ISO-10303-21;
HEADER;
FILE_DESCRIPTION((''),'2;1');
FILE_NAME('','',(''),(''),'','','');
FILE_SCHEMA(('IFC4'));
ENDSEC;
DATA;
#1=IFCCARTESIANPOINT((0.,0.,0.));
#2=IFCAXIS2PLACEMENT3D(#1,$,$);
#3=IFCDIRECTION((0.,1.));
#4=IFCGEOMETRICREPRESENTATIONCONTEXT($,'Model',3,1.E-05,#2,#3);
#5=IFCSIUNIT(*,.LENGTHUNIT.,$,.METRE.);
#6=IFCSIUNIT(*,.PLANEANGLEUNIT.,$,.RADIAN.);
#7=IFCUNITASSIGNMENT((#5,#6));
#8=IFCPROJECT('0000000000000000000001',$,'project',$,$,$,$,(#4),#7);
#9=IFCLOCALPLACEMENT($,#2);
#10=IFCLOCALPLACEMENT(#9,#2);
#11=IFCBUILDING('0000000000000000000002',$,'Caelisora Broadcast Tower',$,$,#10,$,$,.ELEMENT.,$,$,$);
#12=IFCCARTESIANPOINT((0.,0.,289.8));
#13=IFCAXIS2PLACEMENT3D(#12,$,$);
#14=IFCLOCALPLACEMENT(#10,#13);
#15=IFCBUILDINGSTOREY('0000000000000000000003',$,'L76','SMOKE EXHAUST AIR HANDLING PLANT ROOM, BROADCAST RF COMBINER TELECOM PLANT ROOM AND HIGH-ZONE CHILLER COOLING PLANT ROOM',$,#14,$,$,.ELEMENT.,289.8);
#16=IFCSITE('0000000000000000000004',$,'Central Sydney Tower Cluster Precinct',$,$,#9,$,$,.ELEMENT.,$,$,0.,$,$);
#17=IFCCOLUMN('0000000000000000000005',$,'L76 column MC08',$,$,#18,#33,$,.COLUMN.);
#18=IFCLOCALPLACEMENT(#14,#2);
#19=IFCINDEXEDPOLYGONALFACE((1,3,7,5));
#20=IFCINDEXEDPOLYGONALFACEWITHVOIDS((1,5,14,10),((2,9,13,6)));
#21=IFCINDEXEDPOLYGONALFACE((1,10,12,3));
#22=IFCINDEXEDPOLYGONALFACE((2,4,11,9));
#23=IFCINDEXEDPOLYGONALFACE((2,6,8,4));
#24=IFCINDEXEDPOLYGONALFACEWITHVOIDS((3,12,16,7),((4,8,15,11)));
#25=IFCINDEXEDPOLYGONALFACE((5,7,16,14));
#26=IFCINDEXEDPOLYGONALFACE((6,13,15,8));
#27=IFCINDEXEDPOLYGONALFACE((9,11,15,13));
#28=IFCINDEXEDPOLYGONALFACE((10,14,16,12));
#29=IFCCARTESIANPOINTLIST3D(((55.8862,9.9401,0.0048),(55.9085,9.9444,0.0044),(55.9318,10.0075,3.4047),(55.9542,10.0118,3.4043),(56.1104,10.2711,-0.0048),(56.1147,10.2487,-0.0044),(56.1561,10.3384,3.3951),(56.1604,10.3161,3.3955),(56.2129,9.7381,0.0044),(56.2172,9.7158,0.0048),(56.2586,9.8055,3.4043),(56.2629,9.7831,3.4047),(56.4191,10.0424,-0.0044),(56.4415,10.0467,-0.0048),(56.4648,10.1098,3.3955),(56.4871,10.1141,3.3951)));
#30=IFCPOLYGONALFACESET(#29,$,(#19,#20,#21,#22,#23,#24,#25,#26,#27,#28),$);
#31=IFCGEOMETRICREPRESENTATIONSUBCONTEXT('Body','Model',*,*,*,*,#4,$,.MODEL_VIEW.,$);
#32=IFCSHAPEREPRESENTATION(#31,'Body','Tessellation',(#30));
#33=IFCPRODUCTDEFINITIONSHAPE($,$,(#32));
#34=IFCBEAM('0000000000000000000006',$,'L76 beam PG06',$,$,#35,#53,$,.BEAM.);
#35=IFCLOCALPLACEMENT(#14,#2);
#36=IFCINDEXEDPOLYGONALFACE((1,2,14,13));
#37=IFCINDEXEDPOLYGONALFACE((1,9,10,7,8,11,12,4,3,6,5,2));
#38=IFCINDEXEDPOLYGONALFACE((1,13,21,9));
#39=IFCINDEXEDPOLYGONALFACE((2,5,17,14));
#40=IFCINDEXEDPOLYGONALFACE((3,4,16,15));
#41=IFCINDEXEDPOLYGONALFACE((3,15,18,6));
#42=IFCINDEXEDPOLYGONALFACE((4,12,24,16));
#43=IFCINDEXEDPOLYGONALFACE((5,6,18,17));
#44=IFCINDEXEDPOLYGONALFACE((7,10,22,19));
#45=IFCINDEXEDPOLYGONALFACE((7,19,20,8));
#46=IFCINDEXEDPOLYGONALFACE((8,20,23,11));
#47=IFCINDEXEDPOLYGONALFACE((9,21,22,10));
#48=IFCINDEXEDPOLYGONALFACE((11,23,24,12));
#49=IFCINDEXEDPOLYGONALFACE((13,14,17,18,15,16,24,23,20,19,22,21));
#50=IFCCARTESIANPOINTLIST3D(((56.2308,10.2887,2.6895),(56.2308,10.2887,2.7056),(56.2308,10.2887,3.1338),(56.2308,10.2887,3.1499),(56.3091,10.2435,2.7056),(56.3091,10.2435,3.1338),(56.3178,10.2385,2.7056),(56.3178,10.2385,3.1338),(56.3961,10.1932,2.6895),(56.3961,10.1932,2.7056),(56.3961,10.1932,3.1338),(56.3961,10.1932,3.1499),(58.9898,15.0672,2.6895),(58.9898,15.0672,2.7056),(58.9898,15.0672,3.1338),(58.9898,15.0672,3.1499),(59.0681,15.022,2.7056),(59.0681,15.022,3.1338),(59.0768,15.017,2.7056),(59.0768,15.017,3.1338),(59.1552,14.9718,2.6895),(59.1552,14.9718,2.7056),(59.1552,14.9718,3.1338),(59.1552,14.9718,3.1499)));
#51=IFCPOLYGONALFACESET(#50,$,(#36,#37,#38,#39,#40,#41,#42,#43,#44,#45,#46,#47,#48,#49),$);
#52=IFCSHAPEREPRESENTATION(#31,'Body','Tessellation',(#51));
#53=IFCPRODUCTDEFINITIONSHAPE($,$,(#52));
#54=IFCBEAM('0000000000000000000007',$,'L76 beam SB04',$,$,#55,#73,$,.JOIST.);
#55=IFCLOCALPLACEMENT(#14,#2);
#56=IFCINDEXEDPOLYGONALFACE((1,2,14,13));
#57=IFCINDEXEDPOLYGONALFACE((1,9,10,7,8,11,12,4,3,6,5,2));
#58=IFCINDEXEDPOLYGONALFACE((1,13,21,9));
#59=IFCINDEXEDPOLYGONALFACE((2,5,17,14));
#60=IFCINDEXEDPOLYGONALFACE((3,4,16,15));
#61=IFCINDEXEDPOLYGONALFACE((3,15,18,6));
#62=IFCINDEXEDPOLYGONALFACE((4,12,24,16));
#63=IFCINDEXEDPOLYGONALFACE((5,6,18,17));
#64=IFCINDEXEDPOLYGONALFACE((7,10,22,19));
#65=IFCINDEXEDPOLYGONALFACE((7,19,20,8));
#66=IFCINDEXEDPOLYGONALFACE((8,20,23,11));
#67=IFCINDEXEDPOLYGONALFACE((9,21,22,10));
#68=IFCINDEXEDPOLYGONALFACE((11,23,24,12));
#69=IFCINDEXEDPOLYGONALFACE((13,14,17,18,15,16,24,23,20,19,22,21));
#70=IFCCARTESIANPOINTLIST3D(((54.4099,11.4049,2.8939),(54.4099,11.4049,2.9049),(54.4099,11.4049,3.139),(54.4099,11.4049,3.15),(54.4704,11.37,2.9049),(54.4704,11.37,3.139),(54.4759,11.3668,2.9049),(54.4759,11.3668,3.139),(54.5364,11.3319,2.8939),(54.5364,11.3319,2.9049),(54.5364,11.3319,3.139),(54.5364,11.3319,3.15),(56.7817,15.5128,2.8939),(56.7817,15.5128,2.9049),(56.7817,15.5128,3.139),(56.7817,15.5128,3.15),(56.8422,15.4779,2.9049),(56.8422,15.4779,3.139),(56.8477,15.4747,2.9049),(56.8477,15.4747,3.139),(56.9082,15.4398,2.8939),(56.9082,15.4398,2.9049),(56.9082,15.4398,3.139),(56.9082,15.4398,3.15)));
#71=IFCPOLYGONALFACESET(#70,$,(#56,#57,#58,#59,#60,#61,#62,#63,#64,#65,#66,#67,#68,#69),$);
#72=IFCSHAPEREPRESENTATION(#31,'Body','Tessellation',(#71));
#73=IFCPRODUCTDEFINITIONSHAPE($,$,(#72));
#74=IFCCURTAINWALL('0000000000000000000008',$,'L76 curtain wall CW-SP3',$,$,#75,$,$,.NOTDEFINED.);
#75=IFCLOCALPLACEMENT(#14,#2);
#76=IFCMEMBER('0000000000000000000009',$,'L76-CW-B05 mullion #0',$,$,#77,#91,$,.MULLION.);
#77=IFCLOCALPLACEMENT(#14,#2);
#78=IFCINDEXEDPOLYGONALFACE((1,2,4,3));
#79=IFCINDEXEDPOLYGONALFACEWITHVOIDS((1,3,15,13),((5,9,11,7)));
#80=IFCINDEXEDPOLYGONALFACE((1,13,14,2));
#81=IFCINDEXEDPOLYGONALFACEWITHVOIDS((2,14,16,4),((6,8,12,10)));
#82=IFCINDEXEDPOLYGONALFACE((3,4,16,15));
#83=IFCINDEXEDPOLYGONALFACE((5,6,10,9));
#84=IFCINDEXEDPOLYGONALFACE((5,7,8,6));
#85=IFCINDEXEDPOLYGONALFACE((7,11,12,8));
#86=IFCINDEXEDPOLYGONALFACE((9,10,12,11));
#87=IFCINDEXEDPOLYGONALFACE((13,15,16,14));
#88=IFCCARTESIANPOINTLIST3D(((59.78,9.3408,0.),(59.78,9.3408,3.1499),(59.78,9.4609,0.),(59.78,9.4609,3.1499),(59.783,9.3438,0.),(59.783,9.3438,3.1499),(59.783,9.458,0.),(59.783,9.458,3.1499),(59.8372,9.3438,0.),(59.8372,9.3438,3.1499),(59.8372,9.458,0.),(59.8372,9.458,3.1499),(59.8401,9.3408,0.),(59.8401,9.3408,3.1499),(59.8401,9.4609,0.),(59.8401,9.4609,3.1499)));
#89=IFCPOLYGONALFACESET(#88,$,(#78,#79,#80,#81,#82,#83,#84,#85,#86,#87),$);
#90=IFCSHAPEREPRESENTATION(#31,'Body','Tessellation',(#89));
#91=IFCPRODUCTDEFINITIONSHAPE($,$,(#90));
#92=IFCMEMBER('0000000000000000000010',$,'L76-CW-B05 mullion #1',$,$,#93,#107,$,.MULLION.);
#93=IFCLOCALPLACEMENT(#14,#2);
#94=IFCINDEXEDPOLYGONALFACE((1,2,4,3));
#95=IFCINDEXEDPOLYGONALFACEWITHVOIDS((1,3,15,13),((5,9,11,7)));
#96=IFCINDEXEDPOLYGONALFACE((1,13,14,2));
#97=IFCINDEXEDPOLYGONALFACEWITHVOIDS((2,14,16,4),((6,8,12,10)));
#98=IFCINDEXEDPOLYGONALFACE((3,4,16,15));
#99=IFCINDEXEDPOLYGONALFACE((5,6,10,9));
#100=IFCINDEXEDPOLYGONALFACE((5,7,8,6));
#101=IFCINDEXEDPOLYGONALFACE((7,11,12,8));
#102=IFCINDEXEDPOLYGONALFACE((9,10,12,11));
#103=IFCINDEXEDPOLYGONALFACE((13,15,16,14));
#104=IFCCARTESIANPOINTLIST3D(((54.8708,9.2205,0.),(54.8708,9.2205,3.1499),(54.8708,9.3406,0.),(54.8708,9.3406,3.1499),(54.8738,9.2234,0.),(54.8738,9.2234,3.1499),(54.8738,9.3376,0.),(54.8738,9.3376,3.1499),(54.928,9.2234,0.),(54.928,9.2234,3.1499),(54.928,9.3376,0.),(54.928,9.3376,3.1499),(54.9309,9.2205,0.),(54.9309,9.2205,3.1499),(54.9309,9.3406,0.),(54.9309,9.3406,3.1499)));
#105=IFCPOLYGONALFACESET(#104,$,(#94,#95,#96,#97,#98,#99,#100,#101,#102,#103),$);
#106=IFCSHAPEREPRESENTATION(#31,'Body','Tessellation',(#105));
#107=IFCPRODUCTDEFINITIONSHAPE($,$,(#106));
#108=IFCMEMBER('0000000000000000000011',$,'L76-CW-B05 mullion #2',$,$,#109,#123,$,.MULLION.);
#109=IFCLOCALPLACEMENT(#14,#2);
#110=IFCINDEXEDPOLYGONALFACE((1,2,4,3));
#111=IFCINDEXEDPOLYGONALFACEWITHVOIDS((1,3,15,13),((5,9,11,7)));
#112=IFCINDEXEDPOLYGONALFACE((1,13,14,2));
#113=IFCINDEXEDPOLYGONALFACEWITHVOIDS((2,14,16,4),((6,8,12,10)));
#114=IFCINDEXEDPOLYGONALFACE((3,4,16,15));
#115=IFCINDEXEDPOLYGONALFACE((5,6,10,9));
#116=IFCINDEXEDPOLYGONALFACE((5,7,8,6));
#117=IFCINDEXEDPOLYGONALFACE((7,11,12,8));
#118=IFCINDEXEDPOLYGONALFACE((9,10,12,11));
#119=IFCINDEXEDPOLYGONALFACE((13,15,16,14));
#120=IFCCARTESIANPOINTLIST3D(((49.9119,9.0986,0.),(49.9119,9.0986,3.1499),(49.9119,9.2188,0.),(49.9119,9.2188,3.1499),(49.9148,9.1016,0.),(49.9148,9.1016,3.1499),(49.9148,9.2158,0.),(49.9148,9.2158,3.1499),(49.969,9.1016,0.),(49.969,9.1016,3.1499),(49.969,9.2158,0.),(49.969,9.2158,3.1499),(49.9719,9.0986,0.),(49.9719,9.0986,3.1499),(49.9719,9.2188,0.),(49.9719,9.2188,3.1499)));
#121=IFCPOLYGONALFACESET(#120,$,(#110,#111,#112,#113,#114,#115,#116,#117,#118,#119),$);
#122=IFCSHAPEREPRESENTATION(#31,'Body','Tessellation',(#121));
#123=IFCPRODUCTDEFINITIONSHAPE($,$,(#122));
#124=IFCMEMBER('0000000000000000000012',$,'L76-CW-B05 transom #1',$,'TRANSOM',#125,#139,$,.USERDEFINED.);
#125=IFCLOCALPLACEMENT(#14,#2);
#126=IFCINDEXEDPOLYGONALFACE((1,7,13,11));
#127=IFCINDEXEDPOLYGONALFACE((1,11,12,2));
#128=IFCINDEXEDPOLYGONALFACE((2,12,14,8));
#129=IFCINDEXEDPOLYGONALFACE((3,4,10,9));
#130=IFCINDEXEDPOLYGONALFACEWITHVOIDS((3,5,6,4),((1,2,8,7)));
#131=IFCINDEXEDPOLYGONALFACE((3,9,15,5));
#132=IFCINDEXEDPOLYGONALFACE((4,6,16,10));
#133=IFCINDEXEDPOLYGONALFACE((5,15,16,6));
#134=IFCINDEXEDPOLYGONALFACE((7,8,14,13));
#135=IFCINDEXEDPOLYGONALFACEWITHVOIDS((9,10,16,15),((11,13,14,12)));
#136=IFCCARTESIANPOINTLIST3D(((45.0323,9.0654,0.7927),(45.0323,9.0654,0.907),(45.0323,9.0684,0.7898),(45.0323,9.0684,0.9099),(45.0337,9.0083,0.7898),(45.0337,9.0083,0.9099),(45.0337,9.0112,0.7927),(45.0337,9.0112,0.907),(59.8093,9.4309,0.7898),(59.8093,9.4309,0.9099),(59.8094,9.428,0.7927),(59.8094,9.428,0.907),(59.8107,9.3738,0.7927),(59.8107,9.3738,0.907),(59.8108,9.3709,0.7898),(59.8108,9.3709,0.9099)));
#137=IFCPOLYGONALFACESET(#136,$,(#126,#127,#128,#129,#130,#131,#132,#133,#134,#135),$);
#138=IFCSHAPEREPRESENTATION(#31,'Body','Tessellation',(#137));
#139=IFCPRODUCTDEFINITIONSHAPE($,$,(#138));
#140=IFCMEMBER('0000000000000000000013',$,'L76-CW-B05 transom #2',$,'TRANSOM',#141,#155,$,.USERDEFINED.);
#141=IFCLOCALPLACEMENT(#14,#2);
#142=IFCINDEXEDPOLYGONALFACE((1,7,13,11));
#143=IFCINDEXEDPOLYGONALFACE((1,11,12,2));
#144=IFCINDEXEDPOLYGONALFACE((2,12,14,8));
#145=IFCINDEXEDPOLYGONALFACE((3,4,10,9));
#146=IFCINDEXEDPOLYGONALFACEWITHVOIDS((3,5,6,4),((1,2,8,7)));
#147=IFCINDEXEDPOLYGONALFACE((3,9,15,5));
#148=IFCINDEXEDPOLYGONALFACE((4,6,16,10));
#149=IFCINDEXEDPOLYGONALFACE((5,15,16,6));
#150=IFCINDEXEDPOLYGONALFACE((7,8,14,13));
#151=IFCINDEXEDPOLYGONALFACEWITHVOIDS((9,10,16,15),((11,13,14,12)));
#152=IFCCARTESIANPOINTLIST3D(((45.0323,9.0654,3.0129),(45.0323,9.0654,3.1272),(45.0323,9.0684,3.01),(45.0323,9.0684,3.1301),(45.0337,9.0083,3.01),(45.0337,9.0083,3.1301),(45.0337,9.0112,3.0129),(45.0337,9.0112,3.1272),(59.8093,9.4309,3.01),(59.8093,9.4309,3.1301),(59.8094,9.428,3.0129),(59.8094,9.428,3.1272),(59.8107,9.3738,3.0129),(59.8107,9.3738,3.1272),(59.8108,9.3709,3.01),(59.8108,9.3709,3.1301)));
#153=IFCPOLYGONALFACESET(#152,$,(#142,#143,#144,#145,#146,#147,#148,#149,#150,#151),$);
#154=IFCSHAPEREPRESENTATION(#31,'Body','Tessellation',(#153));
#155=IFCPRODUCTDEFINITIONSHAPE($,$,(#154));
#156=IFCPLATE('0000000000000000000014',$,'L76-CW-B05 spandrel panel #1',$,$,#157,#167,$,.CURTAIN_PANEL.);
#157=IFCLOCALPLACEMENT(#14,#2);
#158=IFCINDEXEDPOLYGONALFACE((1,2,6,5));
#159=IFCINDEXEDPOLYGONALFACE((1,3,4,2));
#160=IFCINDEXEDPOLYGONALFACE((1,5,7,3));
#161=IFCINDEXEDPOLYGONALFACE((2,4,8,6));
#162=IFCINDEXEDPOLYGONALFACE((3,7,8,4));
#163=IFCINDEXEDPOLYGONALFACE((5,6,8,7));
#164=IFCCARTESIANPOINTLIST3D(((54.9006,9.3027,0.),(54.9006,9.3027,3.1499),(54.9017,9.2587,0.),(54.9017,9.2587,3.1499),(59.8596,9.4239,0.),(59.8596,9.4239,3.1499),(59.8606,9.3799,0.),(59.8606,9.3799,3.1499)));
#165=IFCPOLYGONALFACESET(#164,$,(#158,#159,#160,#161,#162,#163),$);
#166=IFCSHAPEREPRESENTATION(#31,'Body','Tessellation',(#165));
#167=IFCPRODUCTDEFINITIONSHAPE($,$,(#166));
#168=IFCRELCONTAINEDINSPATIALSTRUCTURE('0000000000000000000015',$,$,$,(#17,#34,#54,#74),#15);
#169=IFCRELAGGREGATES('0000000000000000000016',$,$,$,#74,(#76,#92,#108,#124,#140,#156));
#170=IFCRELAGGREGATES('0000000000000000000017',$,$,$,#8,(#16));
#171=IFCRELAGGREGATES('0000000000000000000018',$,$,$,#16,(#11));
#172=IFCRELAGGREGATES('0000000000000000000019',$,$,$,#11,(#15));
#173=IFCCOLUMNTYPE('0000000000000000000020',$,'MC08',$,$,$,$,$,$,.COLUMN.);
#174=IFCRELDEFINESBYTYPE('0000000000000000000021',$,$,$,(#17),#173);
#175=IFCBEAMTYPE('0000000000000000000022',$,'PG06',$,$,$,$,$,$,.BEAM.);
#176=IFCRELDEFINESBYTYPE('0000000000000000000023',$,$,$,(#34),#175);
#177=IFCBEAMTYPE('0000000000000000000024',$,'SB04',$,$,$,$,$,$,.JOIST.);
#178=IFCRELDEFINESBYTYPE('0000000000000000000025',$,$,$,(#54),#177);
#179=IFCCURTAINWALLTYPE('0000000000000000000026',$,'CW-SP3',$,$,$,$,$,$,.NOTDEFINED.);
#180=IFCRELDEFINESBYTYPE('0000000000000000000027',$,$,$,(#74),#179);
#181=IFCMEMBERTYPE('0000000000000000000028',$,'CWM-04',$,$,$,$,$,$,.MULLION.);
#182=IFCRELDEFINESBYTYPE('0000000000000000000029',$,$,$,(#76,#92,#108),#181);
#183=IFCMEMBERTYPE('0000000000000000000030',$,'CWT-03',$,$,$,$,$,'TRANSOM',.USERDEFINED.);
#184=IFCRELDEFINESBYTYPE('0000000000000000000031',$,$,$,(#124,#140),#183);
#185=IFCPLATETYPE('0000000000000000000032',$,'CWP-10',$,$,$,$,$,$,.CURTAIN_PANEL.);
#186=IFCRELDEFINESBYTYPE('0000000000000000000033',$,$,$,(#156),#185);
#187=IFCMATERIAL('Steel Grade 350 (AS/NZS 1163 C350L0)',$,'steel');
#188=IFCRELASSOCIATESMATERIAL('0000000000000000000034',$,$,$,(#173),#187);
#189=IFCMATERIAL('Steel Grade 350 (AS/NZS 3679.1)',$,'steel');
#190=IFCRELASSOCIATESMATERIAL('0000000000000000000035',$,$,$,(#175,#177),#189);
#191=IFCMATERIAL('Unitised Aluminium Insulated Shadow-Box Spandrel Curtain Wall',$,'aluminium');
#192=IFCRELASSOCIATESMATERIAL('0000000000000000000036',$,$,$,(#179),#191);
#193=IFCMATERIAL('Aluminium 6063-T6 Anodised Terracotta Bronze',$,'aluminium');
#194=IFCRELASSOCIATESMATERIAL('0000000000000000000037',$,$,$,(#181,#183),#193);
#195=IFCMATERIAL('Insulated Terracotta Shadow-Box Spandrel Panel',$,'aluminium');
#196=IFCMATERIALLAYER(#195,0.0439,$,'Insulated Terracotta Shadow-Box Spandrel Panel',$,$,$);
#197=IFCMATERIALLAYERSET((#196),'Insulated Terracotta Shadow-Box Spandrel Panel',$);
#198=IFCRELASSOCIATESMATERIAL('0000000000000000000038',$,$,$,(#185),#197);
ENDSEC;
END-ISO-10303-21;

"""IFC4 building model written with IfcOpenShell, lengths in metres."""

from ifc_helpers import new_model, si_unit, direction, frame, origin, origin_2d, place, context, subcontext, project, spatial, rectangle, hollow_rectangle, i_section, extrude, source, transform, mapped, material, layer, layer_set, material_profile, profile_set, type_object, type_shapes, element, aggregate, save


model = new_model("IFC4")

# Units and contexts
model_context = context("Model", 3, precision=1e-05, world=origin(), true_north=direction((0.0, 1.0)))
body_context = subcontext(model_context, "Body", "Model", "MODEL_VIEW")
ifc_project = project(units=[si_unit("LENGTHUNIT", "METRE"), si_unit("PLANEANGLEUNIT", "RADIAN")], contexts=[model_context])

# Site, building, storey
site_placement = place(None, origin())
site = spatial("IfcSite", under=ifc_project, at=site_placement, Name="Central Sydney Tower Cluster Precinct", CompositionType="ELEMENT", RefElevation=0.0)
building_placement = place(site_placement, origin())
building = spatial("IfcBuilding", under=site, at=building_placement, Name="Caelisora Broadcast Tower", CompositionType="ELEMENT")
storey_placement = place(building_placement, frame((0.0, 0.0, 289.8)))
storey = spatial("IfcBuildingStorey", under=building, at=storey_placement, Name="L76", Description="SMOKE EXHAUST AIR HANDLING PLANT ROOM, BROADCAST RF COMBINER TELECOM PLANT ROOM AND HIGH-ZONE CHILLER COOLING PLANT ROOM", CompositionType="ELEMENT", Elevation=289.8)

# Column
ifc_material_1 = material(Name="Steel Grade 350 (AS/NZS 1163 C350L0)", Category="steel")
ifc_material_profile_1 = material_profile(ifc_material_1, hollow_rectangle(XDim=0.3999, YDim=0.3999, WallThickness=0.0161, at=origin_2d()), Name="Steel Grade 350 (AS/NZS 1163 C350L0)")
ifc_profile_set_1 = profile_set([ifc_material_profile_1], Name="Steel Grade 350 (AS/NZS 1163 C350L0)")
column_type = type_object("IfcColumnType", Name="MC08", PredefinedType="COLUMN", material=ifc_profile_set_1)
shared_shape_1 = source(origin(), body_context, "Body", "SweptSolid", [
    extrude(hollow_rectangle(XDim=0.3999, YDim=0.3999, WallThickness=0.0161, at=origin_2d()), origin(), (0.0, 0.0, 1.0), 3.4009),
])
type_shapes(column_type, [shared_shape_1])
column_placement = place(storey_placement, frame((56.1638, 9.9934, 0.0), z_axis=(0.013424, 0.019813, 0.999714), x_axis=(-0.827874, 0.560914, 0.0)))
element("IfcColumn", 1, at=column_placement, inside=storey, type_object=column_type, Name="L76 column MC08", PredefinedType="COLUMN", context=body_context, shape_type="MappedRepresentation", body=[
    mapped(shared_shape_1, transform((0.0, 0.0, 0.0), scale=1.0)),
])

# Beams
ifc_material_2 = material(Name="Steel Grade 350 (AS/NZS 3679.1)", Category="steel")
ifc_material_profile_2 = material_profile(ifc_material_2, i_section(OverallWidth=0.1909, OverallDepth=0.4604, WebThickness=0.01, FlangeThickness=0.0161, at=origin_2d()), Name="Steel Grade 350 (AS/NZS 3679.1)")
ifc_profile_set_2 = profile_set([ifc_material_profile_2], Name="Steel Grade 350 (AS/NZS 3679.1)")
beam_type_1 = type_object("IfcBeamType", Name="PG06", PredefinedType="BEAM", material=ifc_profile_set_2)
shared_shape_2 = source(origin(), body_context, "Body", "SweptSolid", [
    extrude(i_section(OverallWidth=0.1909, OverallDepth=0.4604, WebThickness=0.01, FlangeThickness=0.0161, at=origin_2d()), origin(), (0.0, 0.0, 1.0), 5.5178),
])
type_shapes(beam_type_1, [shared_shape_2])
beam_1_placement = place(storey_placement, frame((56.3135, 10.241, 2.9197), z_axis=(0.500017, 0.866015, 0.0), x_axis=(-0.866015, 0.500017, 0.0)))
element("IfcBeam", 2, at=beam_1_placement, inside=storey, type_object=beam_type_1, Name="L76 beam PG06", PredefinedType="BEAM", context=body_context, shape_type="MappedRepresentation", body=[
    mapped(shared_shape_2, transform((0.0, 0.0, 0.0), scale=1.0)),
])
ifc_material_profile_3 = material_profile(ifc_material_2, i_section(OverallWidth=0.146, OverallDepth=0.2561, WebThickness=0.0063, FlangeThickness=0.011, at=origin_2d()), Name="Steel Grade 350 (AS/NZS 3679.1)")
ifc_profile_set_3 = profile_set([ifc_material_profile_3], Name="Steel Grade 350 (AS/NZS 3679.1)")
beam_type_2 = type_object("IfcBeamType", Name="SB04", PredefinedType="JOIST", material=ifc_profile_set_3)
shared_shape_3 = source(origin(), body_context, "Body", "SweptSolid", [
    extrude(i_section(OverallWidth=0.146, OverallDepth=0.2561, WebThickness=0.0063, FlangeThickness=0.011, at=origin_2d()), origin(), (0.0, 0.0, 1.0), 4.7434),
])
type_shapes(beam_type_2, [shared_shape_3])
beam_2_placement = place(storey_placement, frame((54.4731, 11.3684, 3.022), z_axis=(0.500019, 0.866014, 0.0), x_axis=(-0.866014, 0.500019, 0.0)))
element("IfcBeam", 3, at=beam_2_placement, inside=storey, type_object=beam_type_2, Name="L76 beam SB04", PredefinedType="JOIST", context=body_context, shape_type="MappedRepresentation", body=[
    mapped(shared_shape_3, transform((0.0, 0.0, 0.0), scale=1.0)),
])

# Curtain wall, members, plate
ifc_material_3 = material(Name="Unitised Aluminium Insulated Shadow-Box Spandrel Curtain Wall", Category="aluminium")
curtain_wall_type = type_object("IfcCurtainWallType", Name="CW-SP3", PredefinedType="NOTDEFINED", material=ifc_material_3)
curtain_wall_placement = place(storey_placement, origin())
curtain_wall = element("IfcCurtainWall", 4, at=curtain_wall_placement, inside=storey, type_object=curtain_wall_type, Name="L76 curtain wall CW-SP3", PredefinedType="NOTDEFINED")
ifc_material_4 = material(Name="Aluminium 6063-T6 Anodised Terracotta Bronze", Category="aluminium")
ifc_material_profile_4 = material_profile(ifc_material_4, hollow_rectangle(XDim=0.0601, YDim=0.1201, WallThickness=0.0029, at=origin_2d()), Name="Aluminium 6063-T6 Anodised Terracotta Bronze")
ifc_profile_set_4 = profile_set([ifc_material_profile_4], Name="Aluminium 6063-T6 Anodised Terracotta Bronze")
member_type_1 = type_object("IfcMemberType", Name="CWM-04", PredefinedType="MULLION", material=ifc_profile_set_4)
shared_shape_4 = source(origin(), body_context, "Body", "SweptSolid", [
    extrude(hollow_rectangle(XDim=0.0601, YDim=0.1201, WallThickness=0.0029, at=origin_2d()), origin(), (0.0, 0.0, 1.0), 3.1499),
])
type_shapes(member_type_1, [shared_shape_4])
member_1_placement = place(storey_placement, frame((59.8101, 9.4009, 0.0), z_axis=(0.0, 0.0, 1.0), x_axis=(1.0, 0.0, 0.0)))
member_1 = element("IfcMember", 5, at=member_1_placement, type_object=member_type_1, Name="L76-CW-B05 mullion #0", PredefinedType="MULLION", context=body_context, shape_type="MappedRepresentation", body=[
    mapped(shared_shape_4, transform((0.0, 0.0, 0.0), scale=1.0)),
])
member_2_placement = place(storey_placement, frame((54.9009, 9.2805, 0.0), z_axis=(0.0, 0.0, 1.0), x_axis=(1.0, 0.0, 0.0)))
member_2 = element("IfcMember", 6, at=member_2_placement, type_object=member_type_1, Name="L76-CW-B05 mullion #1", PredefinedType="MULLION", context=body_context, shape_type="MappedRepresentation", body=[
    mapped(shared_shape_4, transform((0.0, 0.0, 0.0), scale=1.0)),
])
member_3_placement = place(storey_placement, frame((49.9419, 9.1587, 0.0), z_axis=(0.0, 0.0, 1.0), x_axis=(1.0, 0.0, 0.0)))
member_3 = element("IfcMember", 7, at=member_3_placement, type_object=member_type_1, Name="L76-CW-B05 mullion #2", PredefinedType="MULLION", context=body_context, shape_type="MappedRepresentation", body=[
    mapped(shared_shape_4, transform((0.0, 0.0, 0.0), scale=1.0)),
])
ifc_material_profile_5 = material_profile(ifc_material_4, hollow_rectangle(XDim=0.0601, YDim=0.1201, WallThickness=0.0029, at=origin_2d()), Name="Aluminium 6063-T6 Anodised Terracotta Bronze")
ifc_profile_set_5 = profile_set([ifc_material_profile_5], Name="Aluminium 6063-T6 Anodised Terracotta Bronze")
member_type_2 = type_object("IfcMemberType", Name="CWT-03", ElementType="TRANSOM", PredefinedType="USERDEFINED", material=ifc_profile_set_5)
shared_shape_5 = source(origin(), body_context, "Body", "SweptSolid", [
    extrude(hollow_rectangle(XDim=0.0601, YDim=0.1201, WallThickness=0.0029, at=origin_2d()), origin(), (0.0, 0.0, 1.0), 14.7815),
])
type_shapes(member_type_2, [shared_shape_5])
member_4_placement = place(storey_placement, frame((59.8101, 9.4009, 0.8499), z_axis=(-0.999699, -0.024527, 0.0), x_axis=(0.024527, -0.999699, 0.0)))
member_4 = element("IfcMember", 8, at=member_4_placement, type_object=member_type_2, Name="L76-CW-B05 transom #1", ObjectType="TRANSOM", PredefinedType="USERDEFINED", context=body_context, shape_type="MappedRepresentation", body=[
    mapped(shared_shape_5, transform((0.0, 0.0, 0.0), scale=1.0)),
])
member_5_placement = place(storey_placement, frame((59.8101, 9.4009, 3.0701), z_axis=(-0.999699, -0.024527, 0.0), x_axis=(0.024527, -0.999699, 0.0)))
member_5 = element("IfcMember", 9, at=member_5_placement, type_object=member_type_2, Name="L76-CW-B05 transom #2", ObjectType="TRANSOM", PredefinedType="USERDEFINED", context=body_context, shape_type="MappedRepresentation", body=[
    mapped(shared_shape_5, transform((0.0, 0.0, 0.0), scale=1.0)),
])
ifc_material_5 = material(Name="Insulated Terracotta Shadow-Box Spandrel Panel", Category="aluminium")
ifc_layer_1 = layer(ifc_material_5, 0.0439, Name="Insulated Terracotta Shadow-Box Spandrel Panel")
ifc_layer_set_1 = layer_set([ifc_layer_1], Name="Insulated Terracotta Shadow-Box Spandrel Panel")
plate_type = type_object("IfcPlateType", Name="CWP-10", PredefinedType="CURTAIN_PANEL", material=ifc_layer_set_1)
shared_shape_6 = source(origin(), body_context, "Body", "SweptSolid", [
    extrude(rectangle(XDim=4.9604, YDim=0.0439, at=origin_2d()), origin(), (0.0, 0.0, 1.0), 3.1499),
])
type_shapes(plate_type, [shared_shape_6])
plate_1_placement = place(storey_placement, frame((57.3806, 9.3413, 0.0), z_axis=(0.0, 0.0, 1.0), x_axis=(-0.999701, -0.024432, 0.0)))
plate_1 = element("IfcPlate", 10, at=plate_1_placement, type_object=plate_type, Name="L76-CW-B05 spandrel panel #1", PredefinedType="CURTAIN_PANEL", context=body_context, shape_type="MappedRepresentation", body=[
    mapped(shared_shape_6, transform((0.0, 0.0, 0.0), scale=1.0)),
])
aggregate(curtain_wall, [member_1, member_2, member_3, member_4, member_5, plate_1])

save(model, "model.ifc")
